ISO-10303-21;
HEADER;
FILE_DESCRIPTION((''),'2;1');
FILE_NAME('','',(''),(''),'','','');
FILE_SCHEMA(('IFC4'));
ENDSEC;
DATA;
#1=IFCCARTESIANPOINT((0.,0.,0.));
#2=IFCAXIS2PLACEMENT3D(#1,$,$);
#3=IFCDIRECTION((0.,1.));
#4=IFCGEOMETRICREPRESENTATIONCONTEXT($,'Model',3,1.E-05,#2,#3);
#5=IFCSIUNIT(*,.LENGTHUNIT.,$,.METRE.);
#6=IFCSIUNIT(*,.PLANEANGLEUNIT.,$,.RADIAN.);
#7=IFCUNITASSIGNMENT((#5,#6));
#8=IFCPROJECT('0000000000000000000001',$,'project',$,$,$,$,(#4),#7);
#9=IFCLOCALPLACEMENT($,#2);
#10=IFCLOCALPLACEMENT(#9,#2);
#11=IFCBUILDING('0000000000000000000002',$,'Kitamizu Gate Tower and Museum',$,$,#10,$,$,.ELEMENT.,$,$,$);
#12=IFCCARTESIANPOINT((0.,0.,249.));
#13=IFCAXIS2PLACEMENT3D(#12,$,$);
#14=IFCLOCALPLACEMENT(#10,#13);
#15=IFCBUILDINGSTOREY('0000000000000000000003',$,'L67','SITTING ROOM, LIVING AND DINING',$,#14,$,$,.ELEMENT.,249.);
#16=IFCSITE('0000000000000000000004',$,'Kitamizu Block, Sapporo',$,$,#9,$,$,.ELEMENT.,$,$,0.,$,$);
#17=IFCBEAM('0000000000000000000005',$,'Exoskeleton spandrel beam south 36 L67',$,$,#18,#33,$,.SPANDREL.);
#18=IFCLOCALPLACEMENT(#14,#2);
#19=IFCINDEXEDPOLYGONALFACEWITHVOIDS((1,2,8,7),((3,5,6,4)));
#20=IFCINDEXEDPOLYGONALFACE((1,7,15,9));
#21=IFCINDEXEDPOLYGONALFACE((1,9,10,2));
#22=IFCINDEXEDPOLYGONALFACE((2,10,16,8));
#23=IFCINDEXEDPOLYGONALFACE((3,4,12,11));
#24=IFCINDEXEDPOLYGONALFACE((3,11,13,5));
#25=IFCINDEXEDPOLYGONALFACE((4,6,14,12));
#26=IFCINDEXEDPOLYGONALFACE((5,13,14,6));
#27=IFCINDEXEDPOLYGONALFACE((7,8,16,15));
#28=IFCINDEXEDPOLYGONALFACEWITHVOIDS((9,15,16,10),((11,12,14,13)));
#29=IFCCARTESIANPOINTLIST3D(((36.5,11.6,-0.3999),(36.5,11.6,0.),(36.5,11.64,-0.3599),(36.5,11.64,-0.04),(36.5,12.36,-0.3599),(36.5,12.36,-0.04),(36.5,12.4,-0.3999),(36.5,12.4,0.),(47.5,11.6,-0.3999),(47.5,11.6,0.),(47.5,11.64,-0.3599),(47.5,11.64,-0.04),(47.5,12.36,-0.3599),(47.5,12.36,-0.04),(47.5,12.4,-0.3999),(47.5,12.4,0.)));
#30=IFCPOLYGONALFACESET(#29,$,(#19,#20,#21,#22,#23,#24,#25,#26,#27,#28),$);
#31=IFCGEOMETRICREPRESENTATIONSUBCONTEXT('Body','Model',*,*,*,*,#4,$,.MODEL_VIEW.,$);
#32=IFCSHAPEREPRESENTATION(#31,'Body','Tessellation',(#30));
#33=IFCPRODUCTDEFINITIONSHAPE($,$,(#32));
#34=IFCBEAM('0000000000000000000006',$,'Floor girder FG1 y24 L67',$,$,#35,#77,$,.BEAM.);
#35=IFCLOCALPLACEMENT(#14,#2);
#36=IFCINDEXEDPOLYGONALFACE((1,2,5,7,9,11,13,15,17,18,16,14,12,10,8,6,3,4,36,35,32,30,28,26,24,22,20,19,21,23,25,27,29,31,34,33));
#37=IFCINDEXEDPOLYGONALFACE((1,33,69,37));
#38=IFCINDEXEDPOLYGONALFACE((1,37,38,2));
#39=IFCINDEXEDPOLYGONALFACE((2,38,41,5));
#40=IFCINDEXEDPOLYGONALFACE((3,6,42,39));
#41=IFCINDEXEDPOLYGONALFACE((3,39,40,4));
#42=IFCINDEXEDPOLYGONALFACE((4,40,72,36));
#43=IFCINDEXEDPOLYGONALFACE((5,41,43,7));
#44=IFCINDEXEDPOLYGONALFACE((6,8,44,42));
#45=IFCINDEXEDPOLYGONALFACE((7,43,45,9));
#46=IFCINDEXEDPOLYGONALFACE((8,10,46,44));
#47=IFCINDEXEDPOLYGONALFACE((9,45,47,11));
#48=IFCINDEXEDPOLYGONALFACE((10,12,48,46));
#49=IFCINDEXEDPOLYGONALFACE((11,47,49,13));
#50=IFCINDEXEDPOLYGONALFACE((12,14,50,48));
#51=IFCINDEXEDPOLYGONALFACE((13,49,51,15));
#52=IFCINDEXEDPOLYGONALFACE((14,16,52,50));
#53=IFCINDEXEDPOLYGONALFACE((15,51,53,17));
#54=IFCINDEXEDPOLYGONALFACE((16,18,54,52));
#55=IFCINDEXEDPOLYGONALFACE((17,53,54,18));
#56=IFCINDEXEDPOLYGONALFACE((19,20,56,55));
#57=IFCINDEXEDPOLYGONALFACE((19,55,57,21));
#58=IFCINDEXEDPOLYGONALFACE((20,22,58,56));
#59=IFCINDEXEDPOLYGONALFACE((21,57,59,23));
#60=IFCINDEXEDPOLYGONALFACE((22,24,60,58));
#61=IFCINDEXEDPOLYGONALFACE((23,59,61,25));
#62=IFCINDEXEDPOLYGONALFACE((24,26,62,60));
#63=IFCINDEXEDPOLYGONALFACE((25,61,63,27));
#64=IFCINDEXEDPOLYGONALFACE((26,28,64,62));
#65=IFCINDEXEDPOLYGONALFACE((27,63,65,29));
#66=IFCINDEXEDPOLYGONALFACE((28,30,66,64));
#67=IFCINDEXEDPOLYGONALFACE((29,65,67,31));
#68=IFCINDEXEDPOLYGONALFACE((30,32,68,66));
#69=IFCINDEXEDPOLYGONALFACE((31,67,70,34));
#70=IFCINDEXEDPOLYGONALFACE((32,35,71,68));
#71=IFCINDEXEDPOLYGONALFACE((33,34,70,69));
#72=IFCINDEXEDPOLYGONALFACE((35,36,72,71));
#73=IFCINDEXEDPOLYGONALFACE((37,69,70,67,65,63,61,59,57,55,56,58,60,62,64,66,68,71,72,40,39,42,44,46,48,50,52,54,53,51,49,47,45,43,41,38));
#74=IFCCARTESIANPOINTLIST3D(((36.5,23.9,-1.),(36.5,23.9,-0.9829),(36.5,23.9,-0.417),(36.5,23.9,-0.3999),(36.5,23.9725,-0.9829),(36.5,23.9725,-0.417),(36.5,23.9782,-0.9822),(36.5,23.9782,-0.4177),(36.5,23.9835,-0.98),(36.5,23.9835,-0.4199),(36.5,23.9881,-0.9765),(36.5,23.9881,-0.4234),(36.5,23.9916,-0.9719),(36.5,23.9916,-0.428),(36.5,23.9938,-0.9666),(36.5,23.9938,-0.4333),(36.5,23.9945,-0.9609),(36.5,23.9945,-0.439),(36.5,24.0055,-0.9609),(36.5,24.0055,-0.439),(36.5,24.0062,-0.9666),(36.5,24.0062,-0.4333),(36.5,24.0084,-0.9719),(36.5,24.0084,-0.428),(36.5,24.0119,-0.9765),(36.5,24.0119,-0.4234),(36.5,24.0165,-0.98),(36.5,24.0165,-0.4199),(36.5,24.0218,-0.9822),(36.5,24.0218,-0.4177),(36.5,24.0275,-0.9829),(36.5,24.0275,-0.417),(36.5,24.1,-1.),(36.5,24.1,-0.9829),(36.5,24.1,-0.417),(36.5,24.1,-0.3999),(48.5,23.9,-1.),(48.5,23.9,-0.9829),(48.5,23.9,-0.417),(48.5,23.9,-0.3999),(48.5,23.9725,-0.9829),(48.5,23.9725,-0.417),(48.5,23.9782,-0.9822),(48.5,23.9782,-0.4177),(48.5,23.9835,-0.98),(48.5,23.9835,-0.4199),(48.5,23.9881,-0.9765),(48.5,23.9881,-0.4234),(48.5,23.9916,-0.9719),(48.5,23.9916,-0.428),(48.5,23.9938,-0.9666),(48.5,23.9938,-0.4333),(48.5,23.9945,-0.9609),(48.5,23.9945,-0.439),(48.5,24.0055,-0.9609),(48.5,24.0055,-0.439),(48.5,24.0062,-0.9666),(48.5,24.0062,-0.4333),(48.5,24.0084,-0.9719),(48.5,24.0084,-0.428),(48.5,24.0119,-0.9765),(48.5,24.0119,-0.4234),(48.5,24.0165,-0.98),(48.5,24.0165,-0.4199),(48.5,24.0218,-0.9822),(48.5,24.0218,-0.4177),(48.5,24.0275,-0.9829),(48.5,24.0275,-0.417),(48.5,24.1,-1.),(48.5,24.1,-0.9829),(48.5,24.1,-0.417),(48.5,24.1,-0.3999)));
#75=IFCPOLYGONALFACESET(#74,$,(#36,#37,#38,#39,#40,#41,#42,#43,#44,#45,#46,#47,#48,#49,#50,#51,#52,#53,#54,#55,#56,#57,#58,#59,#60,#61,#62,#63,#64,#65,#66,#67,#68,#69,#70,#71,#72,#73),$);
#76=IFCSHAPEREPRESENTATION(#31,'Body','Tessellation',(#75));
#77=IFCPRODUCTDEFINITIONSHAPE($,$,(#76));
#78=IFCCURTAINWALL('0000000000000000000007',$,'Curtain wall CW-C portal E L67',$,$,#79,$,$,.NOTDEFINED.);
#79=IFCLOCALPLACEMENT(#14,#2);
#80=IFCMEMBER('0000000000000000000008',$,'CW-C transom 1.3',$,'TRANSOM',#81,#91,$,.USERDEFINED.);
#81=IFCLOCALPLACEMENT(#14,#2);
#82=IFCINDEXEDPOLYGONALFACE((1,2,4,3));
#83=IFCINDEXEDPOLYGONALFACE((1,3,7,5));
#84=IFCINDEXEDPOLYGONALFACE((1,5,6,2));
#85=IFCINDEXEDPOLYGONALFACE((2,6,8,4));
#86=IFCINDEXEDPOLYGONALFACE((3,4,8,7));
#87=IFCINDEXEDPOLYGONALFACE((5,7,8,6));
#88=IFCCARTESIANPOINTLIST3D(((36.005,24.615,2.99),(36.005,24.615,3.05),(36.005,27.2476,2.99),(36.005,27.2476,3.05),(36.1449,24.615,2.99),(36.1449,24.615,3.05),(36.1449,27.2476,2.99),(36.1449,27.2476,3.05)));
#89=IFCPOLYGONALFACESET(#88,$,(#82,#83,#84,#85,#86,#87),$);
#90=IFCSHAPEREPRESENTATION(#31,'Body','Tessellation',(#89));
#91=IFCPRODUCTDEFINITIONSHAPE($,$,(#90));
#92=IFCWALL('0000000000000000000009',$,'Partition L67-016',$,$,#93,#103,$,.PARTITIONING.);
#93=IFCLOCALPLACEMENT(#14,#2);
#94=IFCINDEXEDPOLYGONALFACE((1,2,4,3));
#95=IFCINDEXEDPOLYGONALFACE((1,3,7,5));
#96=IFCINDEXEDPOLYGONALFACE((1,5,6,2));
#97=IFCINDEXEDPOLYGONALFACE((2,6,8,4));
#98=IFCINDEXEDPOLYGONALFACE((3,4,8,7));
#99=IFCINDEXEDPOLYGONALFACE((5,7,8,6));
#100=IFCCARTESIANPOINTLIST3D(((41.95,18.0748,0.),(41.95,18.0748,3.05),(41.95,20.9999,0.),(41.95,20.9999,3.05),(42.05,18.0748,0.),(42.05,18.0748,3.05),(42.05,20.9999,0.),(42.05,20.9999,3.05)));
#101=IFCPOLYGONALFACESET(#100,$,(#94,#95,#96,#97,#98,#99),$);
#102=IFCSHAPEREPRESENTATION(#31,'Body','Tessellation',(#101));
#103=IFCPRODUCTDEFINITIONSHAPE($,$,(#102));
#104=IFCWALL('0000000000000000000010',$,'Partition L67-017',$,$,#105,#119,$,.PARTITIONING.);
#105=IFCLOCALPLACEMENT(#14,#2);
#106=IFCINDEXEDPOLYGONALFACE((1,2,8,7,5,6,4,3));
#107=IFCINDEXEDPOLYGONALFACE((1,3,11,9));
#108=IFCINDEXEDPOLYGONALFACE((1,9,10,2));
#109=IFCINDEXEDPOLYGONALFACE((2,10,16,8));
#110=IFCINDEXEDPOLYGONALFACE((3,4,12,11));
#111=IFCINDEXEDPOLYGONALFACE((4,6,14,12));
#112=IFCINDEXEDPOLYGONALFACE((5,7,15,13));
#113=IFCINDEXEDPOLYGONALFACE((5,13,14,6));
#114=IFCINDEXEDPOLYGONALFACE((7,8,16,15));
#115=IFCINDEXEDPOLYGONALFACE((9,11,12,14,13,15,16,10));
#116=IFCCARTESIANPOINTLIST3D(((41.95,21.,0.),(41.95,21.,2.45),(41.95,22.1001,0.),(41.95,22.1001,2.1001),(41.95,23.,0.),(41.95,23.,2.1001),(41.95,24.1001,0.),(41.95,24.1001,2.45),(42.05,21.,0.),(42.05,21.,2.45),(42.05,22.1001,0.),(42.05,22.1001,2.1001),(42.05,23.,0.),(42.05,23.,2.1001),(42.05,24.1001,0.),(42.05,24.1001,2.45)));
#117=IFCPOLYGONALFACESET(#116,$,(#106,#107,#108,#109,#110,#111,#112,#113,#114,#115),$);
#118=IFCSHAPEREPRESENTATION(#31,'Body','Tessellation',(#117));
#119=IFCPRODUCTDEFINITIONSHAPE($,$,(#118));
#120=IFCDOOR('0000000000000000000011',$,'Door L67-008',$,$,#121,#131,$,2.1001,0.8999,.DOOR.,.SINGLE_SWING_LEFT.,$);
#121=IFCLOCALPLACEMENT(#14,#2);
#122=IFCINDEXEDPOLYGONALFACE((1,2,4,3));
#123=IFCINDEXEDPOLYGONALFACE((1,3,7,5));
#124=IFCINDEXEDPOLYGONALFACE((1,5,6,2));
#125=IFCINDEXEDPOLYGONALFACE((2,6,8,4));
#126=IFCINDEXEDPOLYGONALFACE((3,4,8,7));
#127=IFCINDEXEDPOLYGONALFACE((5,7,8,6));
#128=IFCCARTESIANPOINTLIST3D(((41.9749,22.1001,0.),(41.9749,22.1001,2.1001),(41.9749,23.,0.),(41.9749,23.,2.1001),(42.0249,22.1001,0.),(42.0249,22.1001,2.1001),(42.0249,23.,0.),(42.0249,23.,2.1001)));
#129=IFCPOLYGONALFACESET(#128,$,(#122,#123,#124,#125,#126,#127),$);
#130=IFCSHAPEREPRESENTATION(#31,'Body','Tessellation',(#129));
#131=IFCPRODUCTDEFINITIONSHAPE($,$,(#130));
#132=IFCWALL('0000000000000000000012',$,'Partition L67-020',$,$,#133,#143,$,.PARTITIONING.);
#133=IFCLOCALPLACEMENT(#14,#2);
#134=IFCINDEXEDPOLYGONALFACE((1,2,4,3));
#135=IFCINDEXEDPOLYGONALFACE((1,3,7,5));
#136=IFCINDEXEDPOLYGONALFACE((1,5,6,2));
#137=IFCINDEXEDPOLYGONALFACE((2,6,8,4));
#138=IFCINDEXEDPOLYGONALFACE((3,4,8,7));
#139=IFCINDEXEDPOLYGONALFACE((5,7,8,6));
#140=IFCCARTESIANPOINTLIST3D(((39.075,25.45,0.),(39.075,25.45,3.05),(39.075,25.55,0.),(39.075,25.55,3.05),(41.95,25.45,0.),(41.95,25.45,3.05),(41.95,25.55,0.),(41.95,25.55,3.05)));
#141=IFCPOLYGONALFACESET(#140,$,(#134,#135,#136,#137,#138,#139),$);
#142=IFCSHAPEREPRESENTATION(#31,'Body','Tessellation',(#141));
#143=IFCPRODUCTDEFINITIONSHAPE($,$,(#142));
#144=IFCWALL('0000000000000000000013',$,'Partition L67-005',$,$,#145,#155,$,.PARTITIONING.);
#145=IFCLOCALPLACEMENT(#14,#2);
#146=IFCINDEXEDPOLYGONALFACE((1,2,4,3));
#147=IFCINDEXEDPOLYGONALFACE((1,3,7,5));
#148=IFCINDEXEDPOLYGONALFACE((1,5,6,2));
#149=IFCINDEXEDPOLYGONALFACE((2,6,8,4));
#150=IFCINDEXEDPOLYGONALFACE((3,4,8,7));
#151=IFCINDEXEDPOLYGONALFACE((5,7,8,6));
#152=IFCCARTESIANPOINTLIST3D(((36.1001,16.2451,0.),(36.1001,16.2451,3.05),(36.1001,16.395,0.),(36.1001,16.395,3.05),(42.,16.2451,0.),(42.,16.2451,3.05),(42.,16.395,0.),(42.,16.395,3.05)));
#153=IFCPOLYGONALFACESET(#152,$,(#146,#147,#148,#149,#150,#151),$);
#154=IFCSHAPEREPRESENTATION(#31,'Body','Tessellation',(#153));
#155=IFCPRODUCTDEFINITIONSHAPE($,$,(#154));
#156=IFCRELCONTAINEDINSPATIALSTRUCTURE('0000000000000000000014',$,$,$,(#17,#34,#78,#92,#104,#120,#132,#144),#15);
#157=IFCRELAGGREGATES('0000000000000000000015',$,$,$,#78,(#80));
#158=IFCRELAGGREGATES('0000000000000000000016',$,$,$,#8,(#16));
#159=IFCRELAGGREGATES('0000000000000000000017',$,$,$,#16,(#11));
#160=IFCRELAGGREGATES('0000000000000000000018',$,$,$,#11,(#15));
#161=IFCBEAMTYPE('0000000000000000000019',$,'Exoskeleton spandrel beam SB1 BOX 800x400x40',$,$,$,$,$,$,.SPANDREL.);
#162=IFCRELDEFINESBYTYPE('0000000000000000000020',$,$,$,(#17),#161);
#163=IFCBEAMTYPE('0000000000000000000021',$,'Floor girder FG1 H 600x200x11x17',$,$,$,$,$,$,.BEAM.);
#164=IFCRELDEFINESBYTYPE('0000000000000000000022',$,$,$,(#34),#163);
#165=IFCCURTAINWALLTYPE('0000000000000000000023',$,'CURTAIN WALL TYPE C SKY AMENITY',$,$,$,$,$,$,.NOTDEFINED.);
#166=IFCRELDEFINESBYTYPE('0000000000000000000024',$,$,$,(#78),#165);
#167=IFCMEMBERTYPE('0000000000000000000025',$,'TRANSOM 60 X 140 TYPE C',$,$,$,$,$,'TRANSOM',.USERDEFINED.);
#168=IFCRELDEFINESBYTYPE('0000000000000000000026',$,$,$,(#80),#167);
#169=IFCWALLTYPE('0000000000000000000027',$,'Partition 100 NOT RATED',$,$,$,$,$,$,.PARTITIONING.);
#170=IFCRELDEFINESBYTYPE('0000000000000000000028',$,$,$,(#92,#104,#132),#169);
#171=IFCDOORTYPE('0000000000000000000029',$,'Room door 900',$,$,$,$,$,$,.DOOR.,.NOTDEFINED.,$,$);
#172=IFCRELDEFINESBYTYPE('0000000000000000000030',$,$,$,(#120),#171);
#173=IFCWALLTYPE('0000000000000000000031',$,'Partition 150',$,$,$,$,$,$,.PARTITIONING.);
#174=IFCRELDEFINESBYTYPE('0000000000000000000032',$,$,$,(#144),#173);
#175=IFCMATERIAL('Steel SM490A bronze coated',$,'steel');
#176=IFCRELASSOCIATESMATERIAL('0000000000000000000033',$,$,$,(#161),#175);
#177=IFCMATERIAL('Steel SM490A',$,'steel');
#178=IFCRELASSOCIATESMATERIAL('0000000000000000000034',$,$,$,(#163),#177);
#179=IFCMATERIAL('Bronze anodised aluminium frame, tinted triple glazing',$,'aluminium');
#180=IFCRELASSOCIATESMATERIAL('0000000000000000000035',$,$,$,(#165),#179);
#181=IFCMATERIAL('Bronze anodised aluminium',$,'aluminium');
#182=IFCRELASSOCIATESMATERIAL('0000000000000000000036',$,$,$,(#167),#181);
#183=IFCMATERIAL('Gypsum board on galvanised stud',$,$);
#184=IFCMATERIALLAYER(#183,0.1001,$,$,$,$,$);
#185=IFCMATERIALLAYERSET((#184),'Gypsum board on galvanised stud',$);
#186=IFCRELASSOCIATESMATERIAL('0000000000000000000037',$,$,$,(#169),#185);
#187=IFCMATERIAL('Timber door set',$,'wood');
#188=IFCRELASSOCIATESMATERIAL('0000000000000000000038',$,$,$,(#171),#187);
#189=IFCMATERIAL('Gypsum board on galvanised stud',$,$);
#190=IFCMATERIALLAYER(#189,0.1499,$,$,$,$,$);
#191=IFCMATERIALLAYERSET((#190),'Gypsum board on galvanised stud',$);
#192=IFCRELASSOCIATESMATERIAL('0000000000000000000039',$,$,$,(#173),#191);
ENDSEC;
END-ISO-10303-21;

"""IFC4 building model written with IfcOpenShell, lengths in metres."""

from ifc_helpers import new_model, si_unit, direction, frame, frame_2d, origin, origin_2d, place, context, subcontext, project, spatial, rectangle, hollow_rectangle, i_section, extrude, material, layer, layer_set, material_profile, profile_set, type_object, element, fill, aggregate, save


model = new_model("IFC4")

# Units and contexts
model_context = context("Model", 3, precision=1e-05, world=origin(), true_north=direction((0.0, 1.0)))
body_context = subcontext(model_context, "Body", "Model", "MODEL_VIEW")
ifc_project = project(units=[si_unit("LENGTHUNIT", "METRE"), si_unit("PLANEANGLEUNIT", "RADIAN")], contexts=[model_context])

# Site, building, storey
site_placement = place(None, origin())
site = spatial("IfcSite", under=ifc_project, at=site_placement, Name="Kitamizu Block, Sapporo", CompositionType="ELEMENT", RefElevation=0.0)
building_placement = place(site_placement, origin())
building = spatial("IfcBuilding", under=site, at=building_placement, Name="Kitamizu Gate Tower and Museum", CompositionType="ELEMENT")
storey_placement = place(building_placement, frame((0.0, 0.0, 249.0)))
storey = spatial("IfcBuildingStorey", under=building, at=storey_placement, Name="L67", Description="SITTING ROOM, LIVING AND DINING", CompositionType="ELEMENT", Elevation=249.0)

# Beams
ifc_material_1 = material(Name="Steel SM490A bronze coated", Category="steel")
ifc_material_profile_1 = material_profile(ifc_material_1, hollow_rectangle(XDim=0.8, YDim=0.3999, WallThickness=0.04, at=origin_2d()), Name="BOX 800x400x40")
ifc_profile_set_1 = profile_set([ifc_material_profile_1], Name="Steel SM490A bronze coated")
beam_type_1 = type_object("IfcBeamType", Name="Exoskeleton spandrel beam SB1 BOX 800x400x40", PredefinedType="SPANDREL", material=ifc_profile_set_1)
beam_1_placement = place(storey_placement, frame((36.5, 12.0, -0.2), z_axis=(1.0, 0.0, 0.0), x_axis=(0.0, 1.0, 0.0)))
element("IfcBeam", 1, at=beam_1_placement, inside=storey, type_object=beam_type_1, Name="Exoskeleton spandrel beam south 36 L67", PredefinedType="SPANDREL", context=body_context, shape_type="SweptSolid", body=[
    extrude(hollow_rectangle(XDim=0.8, YDim=0.3999, WallThickness=0.04, at=origin_2d()), origin(), (0.0, 0.0, 1.0), 11.0),
])
ifc_material_2 = material(Name="Steel SM490A", Category="steel")
ifc_material_profile_2 = material_profile(ifc_material_2, i_section(OverallWidth=0.2, OverallDepth=0.6001, WebThickness=0.011, FlangeThickness=0.0171, FilletRadius=0.022, at=origin_2d()), Name="H-600x200x11x17")
ifc_profile_set_2 = profile_set([ifc_material_profile_2], Name="Steel SM490A")
beam_type_2 = type_object("IfcBeamType", Name="Floor girder FG1 H 600x200x11x17", PredefinedType="BEAM", material=ifc_profile_set_2)
beam_2_placement = place(storey_placement, frame((36.5, 24.0, -0.7), z_axis=(1.0, 0.0, 0.0), x_axis=(0.0, 1.0, 0.0)))
element("IfcBeam", 2, at=beam_2_placement, inside=storey, type_object=beam_type_2, Name="Floor girder FG1 y24 L67", PredefinedType="BEAM", context=body_context, shape_type="SweptSolid", body=[
    extrude(i_section(OverallWidth=0.2, OverallDepth=0.6001, WebThickness=0.011, FlangeThickness=0.0171, FilletRadius=0.022, at=origin_2d()), origin(), (0.0, 0.0, 1.0), 12.0),
])

# Curtain wall, member
ifc_material_3 = material(Name="Bronze anodised aluminium frame, tinted triple glazing", Category="aluminium")
curtain_wall_type = type_object("IfcCurtainWallType", Name="CURTAIN WALL TYPE C SKY AMENITY", PredefinedType="NOTDEFINED", material=ifc_material_3)
curtain_wall_placement = place(storey_placement, origin())
curtain_wall = element("IfcCurtainWall", 3, at=curtain_wall_placement, inside=storey, type_object=curtain_wall_type, Name="Curtain wall CW-C portal E L67", PredefinedType="NOTDEFINED")
ifc_material_4 = material(Name="Bronze anodised aluminium", Category="aluminium")
ifc_material_profile_3 = material_profile(ifc_material_4, rectangle(XDim=0.1399, YDim=0.0601, at=origin_2d()), Name="AL 60X140")
ifc_profile_set_3 = profile_set([ifc_material_profile_3], Name="Bronze anodised aluminium")
member_type = type_object("IfcMemberType", Name="TRANSOM 60 X 140 TYPE C", ElementType="TRANSOM", PredefinedType="USERDEFINED", material=ifc_profile_set_3)
member_placement = place(storey_placement, frame((36.075, 24.615, 3.02), z_axis=(0.0, 1.0, 0.0), x_axis=(-1.0, 0.0, 0.0)))
member = element("IfcMember", 4, at=member_placement, type_object=member_type, Name="CW-C transom 1.3", ObjectType="TRANSOM", PredefinedType="USERDEFINED", context=body_context, shape_type="SweptSolid", body=[
    extrude(rectangle(XDim=0.1399, YDim=0.0601, at=origin_2d()), origin(), (0.0, 0.0, 1.0), 2.6326),
])
aggregate(curtain_wall, [member])

# Wall
ifc_material_5 = material(Name="Gypsum board on galvanised stud")
ifc_layer_1 = layer(ifc_material_5, 0.1001)
ifc_layer_set_1 = layer_set([ifc_layer_1], Name="Gypsum board on galvanised stud")
wall_type_1 = type_object("IfcWallType", Name="Partition 100 NOT RATED", PredefinedType="PARTITIONING", material=ifc_layer_set_1)
wall_1_placement = place(storey_placement, frame((42.0, 18.075, 0.0), z_axis=(0.0, 0.0, 1.0), x_axis=(0.0, 1.0, 0.0)))
element("IfcWall", 5, at=wall_1_placement, inside=storey, type_object=wall_type_1, Name="Partition L67-016", PredefinedType="PARTITIONING", context=body_context, shape_type="SweptSolid", body=[
    extrude(rectangle(XDim=2.925, YDim=0.1001, at=frame_2d((1.4624, 0.0))), origin(), (0.0, 0.0, 1.0), 3.05),
])

# Wall, opening, door
wall_2_placement = place(storey_placement, frame((42.0, 21.0, 0.0), z_axis=(0.0, 0.0, 1.0), x_axis=(0.0, 1.0, 0.0)))
wall_2 = element("IfcWall", 6, at=wall_2_placement, inside=storey, type_object=wall_type_1, Name="Partition L67-017", PredefinedType="PARTITIONING", context=body_context, shape_type="SweptSolid", body=[
    extrude(rectangle(XDim=3.1001, YDim=0.1001, at=frame_2d((1.55, 0.0))), origin(), (0.0, 0.0, 1.0), 2.45),
])
opening_1_placement = place(wall_2_placement, frame((1.1001, 0.0, 0.0)))
opening_1 = element("IfcOpeningElement", 7, at=opening_1_placement, cuts=wall_2, PredefinedType="OPENING", context=body_context, shape_type="SweptSolid", body=[
    extrude(rectangle(XDim=0.8999, YDim=2.1001, at=frame_2d((0.45, 1.05))), frame((0.0, 0.0601, 0.0), z_axis=(0.0, -1.0, 0.0), x_axis=(1.0, 0.0, 0.0)), (0.0, 0.0, 1.0), 0.1201),
])
ifc_material_6 = material(Name="Timber door set", Category="wood")
door_type_1 = type_object("IfcDoorType", Name="Room door 900", OperationType="NOTDEFINED", PredefinedType="DOOR", material=ifc_material_6)
door_1_placement = place(opening_1_placement, frame((0.8999, 0.0, 0.0), x_axis=(-1.0, 0.0, 0.0)))
door_1 = element("IfcDoor", 8, at=door_1_placement, inside=storey, type_object=door_type_1, Name="Door L67-008", OperationType="SINGLE_SWING_LEFT", OverallHeight=2.1001, OverallWidth=0.8999, PredefinedType="DOOR", context=body_context, shape_type="SweptSolid", body=[
    extrude(rectangle(XDim=0.8999, YDim=2.1001, at=frame_2d((0.45, 1.05))), frame((0.0, 0.0249, 0.0), z_axis=(0.0, -1.0, 0.0), x_axis=(1.0, 0.0, 0.0)), (0.0, 0.0, 1.0), 0.05),
])
fill(opening_1, door_1)

# Walls
wall_3_placement = place(storey_placement, frame((41.95, 25.5, 0.0), z_axis=(0.0, 0.0, 1.0), x_axis=(-1.0, 0.0, 0.0)))
element("IfcWall", 9, at=wall_3_placement, inside=storey, type_object=wall_type_1, Name="Partition L67-020", PredefinedType="PARTITIONING", context=body_context, shape_type="SweptSolid", body=[
    extrude(rectangle(XDim=2.875, YDim=0.1001, at=frame_2d((1.4375, 0.0))), origin(), (0.0, 0.0, 1.0), 3.05),
])
ifc_material_7 = material(Name="Gypsum board on galvanised stud")
ifc_layer_2 = layer(ifc_material_7, 0.1499)
ifc_layer_set_2 = layer_set([ifc_layer_2], Name="Gypsum board on galvanised stud")
wall_type_2 = type_object("IfcWallType", Name="Partition 150", PredefinedType="PARTITIONING", material=ifc_layer_set_2)
wall_4_placement = place(storey_placement, frame((42.0, 16.3201, 0.0), z_axis=(0.0, 0.0, 1.0), x_axis=(-1.0, 0.0, 0.0)))
element("IfcWall", 10, at=wall_4_placement, inside=storey, type_object=wall_type_2, Name="Partition L67-005", PredefinedType="PARTITIONING", context=body_context, shape_type="SweptSolid", body=[
    extrude(rectangle(XDim=5.8999, YDim=0.1499, at=frame_2d((2.95, 0.0))), origin(), (0.0, 0.0, 1.0), 3.05),
])

save(model, "model.ifc")
